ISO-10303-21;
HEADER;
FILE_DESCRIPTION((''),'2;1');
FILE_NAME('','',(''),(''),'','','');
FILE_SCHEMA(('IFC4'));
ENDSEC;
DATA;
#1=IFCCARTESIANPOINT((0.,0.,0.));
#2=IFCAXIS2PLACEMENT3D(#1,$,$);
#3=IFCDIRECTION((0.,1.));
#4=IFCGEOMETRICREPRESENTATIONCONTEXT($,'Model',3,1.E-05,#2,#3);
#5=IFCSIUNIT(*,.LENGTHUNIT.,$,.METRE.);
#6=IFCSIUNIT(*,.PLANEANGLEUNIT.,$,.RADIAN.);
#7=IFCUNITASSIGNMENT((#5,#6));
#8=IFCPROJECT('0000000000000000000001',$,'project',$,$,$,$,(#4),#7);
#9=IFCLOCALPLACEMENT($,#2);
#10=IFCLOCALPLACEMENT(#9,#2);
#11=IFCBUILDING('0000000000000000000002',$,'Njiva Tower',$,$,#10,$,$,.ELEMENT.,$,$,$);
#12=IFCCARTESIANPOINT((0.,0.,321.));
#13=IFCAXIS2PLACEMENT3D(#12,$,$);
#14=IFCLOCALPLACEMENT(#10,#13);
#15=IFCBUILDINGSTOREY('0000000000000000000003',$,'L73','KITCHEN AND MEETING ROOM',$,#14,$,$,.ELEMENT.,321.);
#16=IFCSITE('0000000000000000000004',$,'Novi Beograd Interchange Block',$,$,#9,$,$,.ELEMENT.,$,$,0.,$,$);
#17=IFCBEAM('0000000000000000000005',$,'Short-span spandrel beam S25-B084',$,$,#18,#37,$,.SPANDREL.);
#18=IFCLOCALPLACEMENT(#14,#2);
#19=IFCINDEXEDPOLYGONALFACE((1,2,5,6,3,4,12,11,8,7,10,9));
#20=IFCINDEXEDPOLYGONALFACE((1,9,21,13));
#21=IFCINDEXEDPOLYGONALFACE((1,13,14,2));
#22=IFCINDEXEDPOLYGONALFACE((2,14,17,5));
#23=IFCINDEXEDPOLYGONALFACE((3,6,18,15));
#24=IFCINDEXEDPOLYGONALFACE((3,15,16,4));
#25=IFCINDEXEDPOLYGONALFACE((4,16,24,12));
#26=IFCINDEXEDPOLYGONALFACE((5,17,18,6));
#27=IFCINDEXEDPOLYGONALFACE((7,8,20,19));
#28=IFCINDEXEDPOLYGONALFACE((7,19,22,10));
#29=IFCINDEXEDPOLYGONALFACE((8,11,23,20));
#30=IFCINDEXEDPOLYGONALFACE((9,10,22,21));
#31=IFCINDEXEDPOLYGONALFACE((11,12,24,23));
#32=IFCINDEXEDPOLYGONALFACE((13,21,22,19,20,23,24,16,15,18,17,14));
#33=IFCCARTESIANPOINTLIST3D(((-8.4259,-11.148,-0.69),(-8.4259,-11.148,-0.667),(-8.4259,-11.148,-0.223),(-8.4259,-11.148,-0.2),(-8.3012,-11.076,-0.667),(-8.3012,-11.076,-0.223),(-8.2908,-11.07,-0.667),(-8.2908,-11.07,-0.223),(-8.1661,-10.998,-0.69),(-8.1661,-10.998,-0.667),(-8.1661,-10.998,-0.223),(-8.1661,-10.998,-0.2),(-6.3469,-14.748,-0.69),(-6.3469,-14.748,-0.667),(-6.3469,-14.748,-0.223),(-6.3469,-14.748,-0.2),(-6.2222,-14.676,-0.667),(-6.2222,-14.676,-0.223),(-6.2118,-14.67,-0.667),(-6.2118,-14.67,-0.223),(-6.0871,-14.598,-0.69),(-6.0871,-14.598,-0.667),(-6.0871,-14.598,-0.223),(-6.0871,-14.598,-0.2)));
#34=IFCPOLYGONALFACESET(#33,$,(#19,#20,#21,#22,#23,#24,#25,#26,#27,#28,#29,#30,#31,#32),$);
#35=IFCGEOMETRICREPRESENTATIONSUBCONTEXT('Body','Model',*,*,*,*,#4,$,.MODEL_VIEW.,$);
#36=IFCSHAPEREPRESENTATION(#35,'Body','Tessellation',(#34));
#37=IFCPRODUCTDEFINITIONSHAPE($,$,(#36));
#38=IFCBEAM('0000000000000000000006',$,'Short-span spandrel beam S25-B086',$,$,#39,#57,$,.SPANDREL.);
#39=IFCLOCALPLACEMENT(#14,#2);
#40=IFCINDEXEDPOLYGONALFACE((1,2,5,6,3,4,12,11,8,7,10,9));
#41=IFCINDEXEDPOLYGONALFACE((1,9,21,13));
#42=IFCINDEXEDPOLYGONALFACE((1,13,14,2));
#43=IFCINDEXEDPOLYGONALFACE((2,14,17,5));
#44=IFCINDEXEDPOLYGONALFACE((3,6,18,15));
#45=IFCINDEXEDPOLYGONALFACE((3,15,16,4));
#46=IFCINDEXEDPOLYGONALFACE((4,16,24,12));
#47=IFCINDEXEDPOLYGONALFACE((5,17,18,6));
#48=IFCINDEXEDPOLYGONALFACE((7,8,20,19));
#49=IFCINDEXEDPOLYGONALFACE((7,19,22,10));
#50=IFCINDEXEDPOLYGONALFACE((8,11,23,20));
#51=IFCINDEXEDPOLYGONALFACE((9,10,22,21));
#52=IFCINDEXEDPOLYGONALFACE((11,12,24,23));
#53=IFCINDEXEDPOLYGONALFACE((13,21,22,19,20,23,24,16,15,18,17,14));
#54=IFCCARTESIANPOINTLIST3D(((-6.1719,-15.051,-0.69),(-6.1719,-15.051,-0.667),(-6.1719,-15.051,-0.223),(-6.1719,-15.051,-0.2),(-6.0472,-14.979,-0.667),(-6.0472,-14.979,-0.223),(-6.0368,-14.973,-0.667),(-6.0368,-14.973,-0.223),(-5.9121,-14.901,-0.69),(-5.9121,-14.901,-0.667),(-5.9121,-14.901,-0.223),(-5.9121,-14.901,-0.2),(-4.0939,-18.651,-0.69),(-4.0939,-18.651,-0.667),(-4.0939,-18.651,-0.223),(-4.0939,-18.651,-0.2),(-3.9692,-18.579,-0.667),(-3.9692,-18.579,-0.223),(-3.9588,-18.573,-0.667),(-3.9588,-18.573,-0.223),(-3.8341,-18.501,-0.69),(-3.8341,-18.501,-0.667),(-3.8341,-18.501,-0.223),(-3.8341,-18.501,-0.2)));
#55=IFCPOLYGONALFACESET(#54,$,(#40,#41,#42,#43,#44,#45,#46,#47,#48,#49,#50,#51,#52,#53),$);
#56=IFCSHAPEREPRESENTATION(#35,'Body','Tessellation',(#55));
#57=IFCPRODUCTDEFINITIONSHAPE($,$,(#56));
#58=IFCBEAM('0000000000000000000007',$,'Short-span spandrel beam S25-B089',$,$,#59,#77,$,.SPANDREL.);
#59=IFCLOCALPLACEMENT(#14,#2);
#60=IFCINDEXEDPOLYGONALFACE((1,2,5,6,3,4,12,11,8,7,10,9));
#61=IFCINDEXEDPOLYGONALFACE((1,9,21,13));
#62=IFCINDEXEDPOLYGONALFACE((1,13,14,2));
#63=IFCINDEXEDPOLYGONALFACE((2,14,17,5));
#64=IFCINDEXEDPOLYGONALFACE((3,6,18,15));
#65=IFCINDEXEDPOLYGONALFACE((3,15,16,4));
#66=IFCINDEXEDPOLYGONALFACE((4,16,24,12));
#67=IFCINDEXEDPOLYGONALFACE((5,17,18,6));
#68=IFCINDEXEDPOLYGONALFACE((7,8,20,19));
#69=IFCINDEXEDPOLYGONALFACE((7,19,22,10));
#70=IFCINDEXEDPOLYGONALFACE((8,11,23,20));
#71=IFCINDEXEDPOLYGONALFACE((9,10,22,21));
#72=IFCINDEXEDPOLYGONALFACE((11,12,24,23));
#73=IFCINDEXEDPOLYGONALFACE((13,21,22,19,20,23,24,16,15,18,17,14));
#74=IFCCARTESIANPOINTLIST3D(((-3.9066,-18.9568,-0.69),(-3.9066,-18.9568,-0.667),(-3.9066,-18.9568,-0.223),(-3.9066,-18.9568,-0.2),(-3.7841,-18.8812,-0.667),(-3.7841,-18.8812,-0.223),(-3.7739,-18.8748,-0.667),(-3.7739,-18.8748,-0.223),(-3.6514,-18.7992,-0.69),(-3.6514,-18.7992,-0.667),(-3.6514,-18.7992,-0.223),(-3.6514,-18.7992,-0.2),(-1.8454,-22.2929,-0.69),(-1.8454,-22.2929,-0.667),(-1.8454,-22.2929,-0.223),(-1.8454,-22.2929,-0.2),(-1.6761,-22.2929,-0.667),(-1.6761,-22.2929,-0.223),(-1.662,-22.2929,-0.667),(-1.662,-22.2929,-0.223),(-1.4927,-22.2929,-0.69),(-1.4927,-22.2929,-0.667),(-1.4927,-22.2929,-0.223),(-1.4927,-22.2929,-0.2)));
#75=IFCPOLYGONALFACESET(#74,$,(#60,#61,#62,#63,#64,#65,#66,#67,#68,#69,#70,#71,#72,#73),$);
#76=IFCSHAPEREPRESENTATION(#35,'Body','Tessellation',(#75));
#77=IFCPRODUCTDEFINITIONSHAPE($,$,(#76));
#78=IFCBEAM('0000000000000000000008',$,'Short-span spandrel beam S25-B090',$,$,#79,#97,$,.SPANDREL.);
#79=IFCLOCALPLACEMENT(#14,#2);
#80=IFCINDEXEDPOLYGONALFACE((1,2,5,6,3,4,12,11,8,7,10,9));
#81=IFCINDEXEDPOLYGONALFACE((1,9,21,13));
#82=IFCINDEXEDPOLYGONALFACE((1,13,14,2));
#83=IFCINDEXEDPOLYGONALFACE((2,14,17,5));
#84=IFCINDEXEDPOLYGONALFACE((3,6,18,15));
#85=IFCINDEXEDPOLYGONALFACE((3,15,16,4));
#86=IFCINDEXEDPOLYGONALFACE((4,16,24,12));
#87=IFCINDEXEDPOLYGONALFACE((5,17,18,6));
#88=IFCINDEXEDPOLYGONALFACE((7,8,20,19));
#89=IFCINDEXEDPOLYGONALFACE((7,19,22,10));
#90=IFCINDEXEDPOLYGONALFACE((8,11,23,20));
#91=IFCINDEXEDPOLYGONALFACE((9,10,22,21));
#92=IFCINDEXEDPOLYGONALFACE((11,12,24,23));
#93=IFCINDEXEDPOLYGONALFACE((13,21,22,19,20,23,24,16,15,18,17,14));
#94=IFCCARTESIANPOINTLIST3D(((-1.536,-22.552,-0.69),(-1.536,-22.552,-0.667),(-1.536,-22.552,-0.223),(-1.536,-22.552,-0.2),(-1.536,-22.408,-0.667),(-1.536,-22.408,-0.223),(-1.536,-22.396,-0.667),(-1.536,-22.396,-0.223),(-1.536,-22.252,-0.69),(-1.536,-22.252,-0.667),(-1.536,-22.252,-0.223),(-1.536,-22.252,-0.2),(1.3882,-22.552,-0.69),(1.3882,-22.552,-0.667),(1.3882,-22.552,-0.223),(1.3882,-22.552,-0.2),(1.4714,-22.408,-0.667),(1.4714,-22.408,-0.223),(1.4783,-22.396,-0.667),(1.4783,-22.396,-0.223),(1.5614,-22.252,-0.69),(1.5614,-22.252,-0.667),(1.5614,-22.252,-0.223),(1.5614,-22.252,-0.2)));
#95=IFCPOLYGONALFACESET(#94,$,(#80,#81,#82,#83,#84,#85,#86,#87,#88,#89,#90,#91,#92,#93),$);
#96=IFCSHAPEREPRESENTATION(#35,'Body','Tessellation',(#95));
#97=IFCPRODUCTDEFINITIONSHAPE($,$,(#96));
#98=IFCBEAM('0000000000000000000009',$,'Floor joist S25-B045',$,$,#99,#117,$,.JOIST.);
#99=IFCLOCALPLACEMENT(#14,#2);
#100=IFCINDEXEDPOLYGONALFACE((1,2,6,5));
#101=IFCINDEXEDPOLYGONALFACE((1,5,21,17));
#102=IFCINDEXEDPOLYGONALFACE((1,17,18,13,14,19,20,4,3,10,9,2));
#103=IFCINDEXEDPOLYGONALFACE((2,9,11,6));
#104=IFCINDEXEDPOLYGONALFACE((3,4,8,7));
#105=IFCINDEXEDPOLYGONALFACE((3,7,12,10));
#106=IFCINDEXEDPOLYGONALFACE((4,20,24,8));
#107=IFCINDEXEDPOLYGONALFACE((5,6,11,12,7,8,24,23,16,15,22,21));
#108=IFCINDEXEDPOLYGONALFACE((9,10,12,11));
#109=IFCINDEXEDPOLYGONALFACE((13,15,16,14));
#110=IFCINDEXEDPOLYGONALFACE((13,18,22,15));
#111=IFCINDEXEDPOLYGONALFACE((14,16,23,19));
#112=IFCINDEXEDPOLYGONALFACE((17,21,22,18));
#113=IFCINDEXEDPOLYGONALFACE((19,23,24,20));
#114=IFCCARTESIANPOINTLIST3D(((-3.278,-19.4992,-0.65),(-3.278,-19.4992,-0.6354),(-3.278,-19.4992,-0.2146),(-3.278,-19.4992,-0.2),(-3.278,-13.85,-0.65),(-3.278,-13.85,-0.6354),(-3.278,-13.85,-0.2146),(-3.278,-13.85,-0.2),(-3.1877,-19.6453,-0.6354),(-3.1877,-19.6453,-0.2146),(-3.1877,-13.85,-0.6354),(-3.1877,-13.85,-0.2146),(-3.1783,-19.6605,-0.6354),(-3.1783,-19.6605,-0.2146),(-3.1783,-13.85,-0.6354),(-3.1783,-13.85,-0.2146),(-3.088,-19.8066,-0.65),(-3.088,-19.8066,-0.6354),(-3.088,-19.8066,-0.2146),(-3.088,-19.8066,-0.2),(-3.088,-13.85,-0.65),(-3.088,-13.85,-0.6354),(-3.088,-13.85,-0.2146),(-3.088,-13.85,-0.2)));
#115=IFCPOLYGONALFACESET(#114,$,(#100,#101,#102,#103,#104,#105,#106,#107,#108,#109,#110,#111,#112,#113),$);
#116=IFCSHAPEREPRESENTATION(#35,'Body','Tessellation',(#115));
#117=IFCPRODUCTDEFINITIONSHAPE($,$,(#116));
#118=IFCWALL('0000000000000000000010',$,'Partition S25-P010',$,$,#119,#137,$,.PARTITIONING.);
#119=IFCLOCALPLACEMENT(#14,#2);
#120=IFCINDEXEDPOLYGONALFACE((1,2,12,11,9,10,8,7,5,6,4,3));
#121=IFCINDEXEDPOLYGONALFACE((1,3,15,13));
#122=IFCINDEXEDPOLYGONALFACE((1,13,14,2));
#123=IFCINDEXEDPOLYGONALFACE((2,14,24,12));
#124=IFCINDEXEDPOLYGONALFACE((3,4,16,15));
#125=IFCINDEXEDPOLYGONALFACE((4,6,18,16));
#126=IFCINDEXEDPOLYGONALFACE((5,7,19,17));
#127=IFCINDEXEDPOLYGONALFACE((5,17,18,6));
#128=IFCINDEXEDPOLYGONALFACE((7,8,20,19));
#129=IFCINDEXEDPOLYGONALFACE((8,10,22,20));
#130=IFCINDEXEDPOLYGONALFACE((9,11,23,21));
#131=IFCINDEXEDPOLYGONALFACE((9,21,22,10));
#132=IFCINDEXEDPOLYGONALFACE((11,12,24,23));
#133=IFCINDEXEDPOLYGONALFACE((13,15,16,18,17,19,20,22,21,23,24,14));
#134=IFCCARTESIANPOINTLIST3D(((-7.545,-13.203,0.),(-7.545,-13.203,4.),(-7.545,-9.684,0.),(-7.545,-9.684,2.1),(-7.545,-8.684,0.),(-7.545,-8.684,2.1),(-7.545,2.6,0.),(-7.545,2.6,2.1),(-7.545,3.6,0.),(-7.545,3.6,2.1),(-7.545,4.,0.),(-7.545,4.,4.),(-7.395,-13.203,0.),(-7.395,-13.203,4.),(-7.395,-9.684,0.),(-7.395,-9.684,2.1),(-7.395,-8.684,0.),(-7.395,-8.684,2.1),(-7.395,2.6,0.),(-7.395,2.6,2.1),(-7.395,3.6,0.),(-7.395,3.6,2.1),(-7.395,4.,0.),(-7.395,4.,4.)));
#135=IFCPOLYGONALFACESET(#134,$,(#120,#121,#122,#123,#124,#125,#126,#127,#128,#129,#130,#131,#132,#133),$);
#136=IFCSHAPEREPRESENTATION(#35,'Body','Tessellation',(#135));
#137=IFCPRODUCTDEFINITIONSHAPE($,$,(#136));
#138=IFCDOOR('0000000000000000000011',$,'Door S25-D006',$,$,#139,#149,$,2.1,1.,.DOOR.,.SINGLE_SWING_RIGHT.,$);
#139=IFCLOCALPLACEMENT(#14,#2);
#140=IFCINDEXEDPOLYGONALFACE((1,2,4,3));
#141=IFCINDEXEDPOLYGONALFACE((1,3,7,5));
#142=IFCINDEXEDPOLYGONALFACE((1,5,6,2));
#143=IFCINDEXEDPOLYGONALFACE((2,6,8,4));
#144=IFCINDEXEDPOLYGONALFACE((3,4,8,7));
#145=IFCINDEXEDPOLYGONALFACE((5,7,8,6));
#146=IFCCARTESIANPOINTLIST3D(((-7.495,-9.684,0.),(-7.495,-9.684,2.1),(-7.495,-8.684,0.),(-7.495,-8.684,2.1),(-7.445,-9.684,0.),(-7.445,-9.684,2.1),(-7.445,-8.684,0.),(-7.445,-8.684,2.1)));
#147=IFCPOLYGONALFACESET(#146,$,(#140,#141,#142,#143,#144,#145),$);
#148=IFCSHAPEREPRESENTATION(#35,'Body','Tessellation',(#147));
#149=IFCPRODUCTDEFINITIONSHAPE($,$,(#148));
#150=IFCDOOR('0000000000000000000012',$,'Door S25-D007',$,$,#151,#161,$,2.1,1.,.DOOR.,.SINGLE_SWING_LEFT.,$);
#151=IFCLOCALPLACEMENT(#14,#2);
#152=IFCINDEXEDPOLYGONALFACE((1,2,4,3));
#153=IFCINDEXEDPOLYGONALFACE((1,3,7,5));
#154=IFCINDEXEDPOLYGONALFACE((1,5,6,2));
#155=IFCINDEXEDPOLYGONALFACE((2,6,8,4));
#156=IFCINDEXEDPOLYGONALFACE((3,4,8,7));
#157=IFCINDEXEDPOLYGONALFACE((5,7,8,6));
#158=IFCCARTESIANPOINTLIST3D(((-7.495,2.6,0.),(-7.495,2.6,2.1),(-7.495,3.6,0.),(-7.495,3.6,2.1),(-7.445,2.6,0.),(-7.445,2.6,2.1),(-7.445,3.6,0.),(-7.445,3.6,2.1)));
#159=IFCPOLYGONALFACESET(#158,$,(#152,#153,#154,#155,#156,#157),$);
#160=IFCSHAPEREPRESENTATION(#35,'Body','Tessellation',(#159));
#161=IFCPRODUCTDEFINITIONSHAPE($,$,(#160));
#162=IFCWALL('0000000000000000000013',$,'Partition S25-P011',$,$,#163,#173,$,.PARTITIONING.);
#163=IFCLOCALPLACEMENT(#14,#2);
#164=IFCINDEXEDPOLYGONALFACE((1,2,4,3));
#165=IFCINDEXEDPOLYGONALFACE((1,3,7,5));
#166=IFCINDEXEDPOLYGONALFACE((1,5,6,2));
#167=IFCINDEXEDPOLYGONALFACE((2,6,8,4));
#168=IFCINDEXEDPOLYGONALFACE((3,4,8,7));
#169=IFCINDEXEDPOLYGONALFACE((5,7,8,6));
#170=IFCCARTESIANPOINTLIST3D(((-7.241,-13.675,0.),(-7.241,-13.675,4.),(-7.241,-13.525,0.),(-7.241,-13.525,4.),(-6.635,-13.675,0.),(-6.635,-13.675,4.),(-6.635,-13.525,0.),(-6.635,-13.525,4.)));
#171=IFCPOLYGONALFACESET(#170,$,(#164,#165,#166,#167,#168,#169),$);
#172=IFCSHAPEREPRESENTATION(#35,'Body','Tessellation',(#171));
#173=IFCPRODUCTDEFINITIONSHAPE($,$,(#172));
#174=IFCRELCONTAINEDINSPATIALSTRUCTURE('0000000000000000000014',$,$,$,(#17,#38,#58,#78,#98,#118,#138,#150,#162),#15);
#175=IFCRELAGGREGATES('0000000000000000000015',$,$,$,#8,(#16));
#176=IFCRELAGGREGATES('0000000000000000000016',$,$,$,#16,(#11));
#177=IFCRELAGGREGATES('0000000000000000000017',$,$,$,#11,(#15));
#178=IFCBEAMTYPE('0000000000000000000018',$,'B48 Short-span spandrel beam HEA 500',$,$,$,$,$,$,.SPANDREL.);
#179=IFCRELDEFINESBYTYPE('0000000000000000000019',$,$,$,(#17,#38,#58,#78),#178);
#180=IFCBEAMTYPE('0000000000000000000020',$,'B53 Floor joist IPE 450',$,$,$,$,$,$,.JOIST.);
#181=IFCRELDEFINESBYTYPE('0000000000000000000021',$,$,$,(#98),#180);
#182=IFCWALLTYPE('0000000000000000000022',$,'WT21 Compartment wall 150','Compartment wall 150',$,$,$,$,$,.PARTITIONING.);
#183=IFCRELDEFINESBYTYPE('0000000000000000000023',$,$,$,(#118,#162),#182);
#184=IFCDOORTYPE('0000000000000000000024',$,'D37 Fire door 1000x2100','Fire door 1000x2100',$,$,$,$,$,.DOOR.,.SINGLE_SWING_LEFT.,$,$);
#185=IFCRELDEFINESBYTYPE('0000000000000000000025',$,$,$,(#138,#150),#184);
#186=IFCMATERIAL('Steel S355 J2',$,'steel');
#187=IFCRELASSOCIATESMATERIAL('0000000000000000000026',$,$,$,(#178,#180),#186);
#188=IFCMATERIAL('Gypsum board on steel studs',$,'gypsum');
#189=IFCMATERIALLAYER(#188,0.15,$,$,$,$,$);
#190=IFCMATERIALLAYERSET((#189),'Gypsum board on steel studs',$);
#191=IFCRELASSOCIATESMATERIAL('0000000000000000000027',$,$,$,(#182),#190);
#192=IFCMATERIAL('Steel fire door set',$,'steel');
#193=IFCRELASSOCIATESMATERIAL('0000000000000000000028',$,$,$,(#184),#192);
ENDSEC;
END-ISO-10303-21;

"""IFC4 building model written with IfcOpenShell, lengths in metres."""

from ifc_helpers import new_model, si_unit, direction, frame, frame_2d, origin, origin_2d, place, context, subcontext, project, spatial, rectangle, i_section, extrude, clip, halfspace, material, layer, layer_set, material_profile, profile_set, type_object, element, fill, save


model = new_model("IFC4")

# Units and contexts
model_context = context("Model", 3, precision=1e-05, world=origin(), true_north=direction((0.0, 1.0)))
body_context = subcontext(model_context, "Body", "Model", "MODEL_VIEW")
ifc_project = project(units=[si_unit("LENGTHUNIT", "METRE"), si_unit("PLANEANGLEUNIT", "RADIAN")], contexts=[model_context])

# Site, building, storey
site_placement = place(None, origin())
site = spatial("IfcSite", under=ifc_project, at=site_placement, Name="Novi Beograd Interchange Block", CompositionType="ELEMENT", RefElevation=0.0)
building_placement = place(site_placement, origin())
building = spatial("IfcBuilding", under=site, at=building_placement, Name="Njiva Tower", CompositionType="ELEMENT")
storey_placement = place(building_placement, frame((0.0, 0.0, 321.0)))
storey = spatial("IfcBuildingStorey", under=building, at=storey_placement, Name="L73", Description="KITCHEN AND MEETING ROOM", CompositionType="ELEMENT", Elevation=321.0)

# Shared definitions
ifc_material_1 = material(Name="Steel S355 J2", Category="steel")

# Beams
ifc_material_profile_1 = material_profile(ifc_material_1, i_section(OverallWidth=0.3, OverallDepth=0.49, WebThickness=0.012, FlangeThickness=0.023, at=origin_2d()), Name="HEA 500")
ifc_profile_set_1 = profile_set([ifc_material_profile_1], Name="Steel S355 J2")
beam_type_1 = type_object("IfcBeamType", Name="B48 Short-span spandrel beam HEA 500", PredefinedType="SPANDREL", material=ifc_profile_set_1)
beam_1_placement = place(storey_placement, frame((-8.296, -11.073, -0.445), z_axis=(0.500097, -0.865969, 0.0), x_axis=(0.865969, 0.500097, 0.0)))
element("IfcBeam", 1, at=beam_1_placement, inside=storey, type_object=beam_type_1, Name="Short-span spandrel beam S25-B084", PredefinedType="SPANDREL", context=body_context, shape_type="SweptSolid", body=[
    extrude(i_section(OverallWidth=0.3, OverallDepth=0.49, WebThickness=0.012, FlangeThickness=0.023, at=origin_2d()), origin(), (0.0, 0.0, 1.0), 4.1572),
])
beam_2_placement = place(storey_placement, frame((-6.042, -14.976, -0.445), z_axis=(0.499917, -0.866073, 0.0), x_axis=(0.866073, 0.499917, 0.0)))
element("IfcBeam", 2, at=beam_2_placement, inside=storey, type_object=beam_type_1, Name="Short-span spandrel beam S25-B086", PredefinedType="SPANDREL", context=body_context, shape_type="SweptSolid", body=[
    extrude(i_section(OverallWidth=0.3, OverallDepth=0.49, WebThickness=0.012, FlangeThickness=0.023, at=origin_2d()), origin(), (0.0, 0.0, 1.0), 4.1567),
])
beam_3_placement = place(storey_placement, frame((-3.779, -18.878, -0.445), z_axis=(0.525625, -0.850716, 0.0), x_axis=(0.850716, 0.525625, 0.0)))
element("IfcBeam", 3, at=beam_3_placement, inside=storey, type_object=beam_type_1, Name="Short-span spandrel beam S25-B089", PredefinedType="SPANDREL", context=body_context, shape_type="Clipping", body=[
    clip(extrude(i_section(OverallWidth=0.3, OverallDepth=0.49, WebThickness=0.012, FlangeThickness=0.023, at=origin_2d()), origin(), (0.0, 0.0, 1.0), 4.1273), halfspace(frame((-0.0259, 0.0, 3.9982), z_axis=(-0.525625, 0.0, 0.850716), x_axis=(0.0, 1.0, 0.0)), False)),
])
beam_4_placement = place(storey_placement, frame((-1.536, -22.402, -0.445), z_axis=(1.0, 0.0, 0.0), x_axis=(0.0, 1.0, 0.0)))
element("IfcBeam", 4, at=beam_4_placement, inside=storey, type_object=beam_type_1, Name="Short-span spandrel beam S25-B090", PredefinedType="SPANDREL", context=body_context, shape_type="Clipping", body=[
    clip(extrude(i_section(OverallWidth=0.3, OverallDepth=0.49, WebThickness=0.012, FlangeThickness=0.023, at=origin_2d()), origin(), (0.0, 0.0, 1.0), 3.118), halfspace(frame((-0.025, 0.0, 2.9964), z_axis=(-0.499998, 0.0, 0.866027), x_axis=(0.0, 1.0, 0.0)), False)),
])
ifc_material_profile_2 = material_profile(ifc_material_1, i_section(OverallWidth=0.19, OverallDepth=0.45, WebThickness=0.0094, FlangeThickness=0.0146, at=origin_2d()), Name="IPE 450")
ifc_profile_set_2 = profile_set([ifc_material_profile_2], Name="Steel S355 J2")
beam_type_2 = type_object("IfcBeamType", Name="B53 Floor joist IPE 450", PredefinedType="JOIST", material=ifc_profile_set_2)
beam_5_placement = place(storey_placement, frame((-3.183, -13.85, -0.425), z_axis=(0.0, -1.0, 0.0), x_axis=(1.0, 0.0, 0.0)))
element("IfcBeam", 5, at=beam_5_placement, inside=storey, type_object=beam_type_2, Name="Floor joist S25-B045", PredefinedType="JOIST", context=body_context, shape_type="Clipping", body=[
    clip(extrude(i_section(OverallWidth=0.19, OverallDepth=0.45, WebThickness=0.0094, FlangeThickness=0.0146, at=origin_2d()), origin(), (0.0, 0.0, 1.0), 5.976), halfspace(frame((-0.0429, 0.0, 5.7335), z_axis=(-0.850616, 0.0, 0.525788), x_axis=(0.0, 1.0, 0.0)), False)),
])

# Wall, openings, doors
ifc_material_2 = material(Name="Gypsum board on steel studs", Category="gypsum")
ifc_layer_1 = layer(ifc_material_2, 0.15)
ifc_layer_set_1 = layer_set([ifc_layer_1], Name="Gypsum board on steel studs")
wall_type_1 = type_object("IfcWallType", Name="WT21 Compartment wall 150", Description="Compartment wall 150", PredefinedType="PARTITIONING", material=ifc_layer_set_1)
wall_1_placement = place(storey_placement, frame((-7.47, -13.203, 0.0), z_axis=(0.0, 0.0, 1.0), x_axis=(0.0, 1.0, 0.0)))
wall_1 = element("IfcWall", 6, at=wall_1_placement, inside=storey, type_object=wall_type_1, Name="Partition S25-P010", PredefinedType="PARTITIONING", context=body_context, shape_type="SweptSolid", body=[
    extrude(rectangle(XDim=17.203, YDim=0.15, at=frame_2d((8.6015, 0.0))), origin(), (0.0, 0.0, 1.0), 4.0),
])
opening_1_placement = place(wall_1_placement, frame((3.519, 0.0, 0.0)))
opening_1 = element("IfcOpeningElement", 7, at=opening_1_placement, cuts=wall_1, PredefinedType="OPENING", context=body_context, shape_type="SweptSolid", body=[
    extrude(rectangle(XDim=1.0, YDim=2.1, at=frame_2d((0.5, 1.05))), frame((0.0, 0.085, 0.0), z_axis=(0.0, -1.0, 0.0), x_axis=(1.0, 0.0, 0.0)), (0.0, 0.0, 1.0), 0.17),
])
opening_2_placement = place(wall_1_placement, frame((15.803, 0.0, 0.0)))
opening_2 = element("IfcOpeningElement", 8, at=opening_2_placement, cuts=wall_1, PredefinedType="OPENING", context=body_context, shape_type="SweptSolid", body=[
    extrude(rectangle(XDim=1.0, YDim=2.1, at=frame_2d((0.5, 1.05))), frame((0.0, 0.085, 0.0), z_axis=(0.0, -1.0, 0.0), x_axis=(1.0, 0.0, 0.0)), (0.0, 0.0, 1.0), 0.17),
])
ifc_material_3 = material(Name="Steel fire door set", Category="steel")
door_type = type_object("IfcDoorType", Name="D37 Fire door 1000x2100", Description="Fire door 1000x2100", OperationType="SINGLE_SWING_LEFT", PredefinedType="DOOR", material=ifc_material_3)
door_1_placement = place(opening_1_placement, origin())
door_1 = element("IfcDoor", 9, at=door_1_placement, inside=storey, type_object=door_type, Name="Door S25-D006", OperationType="SINGLE_SWING_RIGHT", OverallHeight=2.1, OverallWidth=1.0, PredefinedType="DOOR", context=body_context, shape_type="SweptSolid", body=[
    extrude(rectangle(XDim=1.0, YDim=2.1, at=frame_2d((0.5, 1.05))), frame((0.0, 0.025, 0.0), z_axis=(0.0, -1.0, 0.0), x_axis=(1.0, 0.0, 0.0)), (0.0, 0.0, 1.0), 0.05),
])
fill(opening_1, door_1)
door_2_placement = place(opening_2_placement, origin())
door_2 = element("IfcDoor", 10, at=door_2_placement, inside=storey, type_object=door_type, Name="Door S25-D007", OperationType="SINGLE_SWING_LEFT", OverallHeight=2.1, OverallWidth=1.0, PredefinedType="DOOR", context=body_context, shape_type="SweptSolid", body=[
    extrude(rectangle(XDim=1.0, YDim=2.1, at=frame_2d((0.5, 1.05))), frame((0.0, 0.025, 0.0), z_axis=(0.0, -1.0, 0.0), x_axis=(1.0, 0.0, 0.0)), (0.0, 0.0, 1.0), 0.05),
])
fill(opening_2, door_2)

# Wall
wall_2_placement = place(storey_placement, frame((-7.241, -13.6, 0.0), z_axis=(0.0, 0.0, 1.0), x_axis=(1.0, 0.0, 0.0)))
element("IfcWall", 11, at=wall_2_placement, inside=storey, type_object=wall_type_1, Name="Partition S25-P011", PredefinedType="PARTITIONING", context=body_context, shape_type="SweptSolid", body=[
    extrude(rectangle(XDim=0.606, YDim=0.15, at=frame_2d((0.303, 0.0))), origin(), (0.0, 0.0, 1.0), 4.0),
])

save(model, "model.ifc")
